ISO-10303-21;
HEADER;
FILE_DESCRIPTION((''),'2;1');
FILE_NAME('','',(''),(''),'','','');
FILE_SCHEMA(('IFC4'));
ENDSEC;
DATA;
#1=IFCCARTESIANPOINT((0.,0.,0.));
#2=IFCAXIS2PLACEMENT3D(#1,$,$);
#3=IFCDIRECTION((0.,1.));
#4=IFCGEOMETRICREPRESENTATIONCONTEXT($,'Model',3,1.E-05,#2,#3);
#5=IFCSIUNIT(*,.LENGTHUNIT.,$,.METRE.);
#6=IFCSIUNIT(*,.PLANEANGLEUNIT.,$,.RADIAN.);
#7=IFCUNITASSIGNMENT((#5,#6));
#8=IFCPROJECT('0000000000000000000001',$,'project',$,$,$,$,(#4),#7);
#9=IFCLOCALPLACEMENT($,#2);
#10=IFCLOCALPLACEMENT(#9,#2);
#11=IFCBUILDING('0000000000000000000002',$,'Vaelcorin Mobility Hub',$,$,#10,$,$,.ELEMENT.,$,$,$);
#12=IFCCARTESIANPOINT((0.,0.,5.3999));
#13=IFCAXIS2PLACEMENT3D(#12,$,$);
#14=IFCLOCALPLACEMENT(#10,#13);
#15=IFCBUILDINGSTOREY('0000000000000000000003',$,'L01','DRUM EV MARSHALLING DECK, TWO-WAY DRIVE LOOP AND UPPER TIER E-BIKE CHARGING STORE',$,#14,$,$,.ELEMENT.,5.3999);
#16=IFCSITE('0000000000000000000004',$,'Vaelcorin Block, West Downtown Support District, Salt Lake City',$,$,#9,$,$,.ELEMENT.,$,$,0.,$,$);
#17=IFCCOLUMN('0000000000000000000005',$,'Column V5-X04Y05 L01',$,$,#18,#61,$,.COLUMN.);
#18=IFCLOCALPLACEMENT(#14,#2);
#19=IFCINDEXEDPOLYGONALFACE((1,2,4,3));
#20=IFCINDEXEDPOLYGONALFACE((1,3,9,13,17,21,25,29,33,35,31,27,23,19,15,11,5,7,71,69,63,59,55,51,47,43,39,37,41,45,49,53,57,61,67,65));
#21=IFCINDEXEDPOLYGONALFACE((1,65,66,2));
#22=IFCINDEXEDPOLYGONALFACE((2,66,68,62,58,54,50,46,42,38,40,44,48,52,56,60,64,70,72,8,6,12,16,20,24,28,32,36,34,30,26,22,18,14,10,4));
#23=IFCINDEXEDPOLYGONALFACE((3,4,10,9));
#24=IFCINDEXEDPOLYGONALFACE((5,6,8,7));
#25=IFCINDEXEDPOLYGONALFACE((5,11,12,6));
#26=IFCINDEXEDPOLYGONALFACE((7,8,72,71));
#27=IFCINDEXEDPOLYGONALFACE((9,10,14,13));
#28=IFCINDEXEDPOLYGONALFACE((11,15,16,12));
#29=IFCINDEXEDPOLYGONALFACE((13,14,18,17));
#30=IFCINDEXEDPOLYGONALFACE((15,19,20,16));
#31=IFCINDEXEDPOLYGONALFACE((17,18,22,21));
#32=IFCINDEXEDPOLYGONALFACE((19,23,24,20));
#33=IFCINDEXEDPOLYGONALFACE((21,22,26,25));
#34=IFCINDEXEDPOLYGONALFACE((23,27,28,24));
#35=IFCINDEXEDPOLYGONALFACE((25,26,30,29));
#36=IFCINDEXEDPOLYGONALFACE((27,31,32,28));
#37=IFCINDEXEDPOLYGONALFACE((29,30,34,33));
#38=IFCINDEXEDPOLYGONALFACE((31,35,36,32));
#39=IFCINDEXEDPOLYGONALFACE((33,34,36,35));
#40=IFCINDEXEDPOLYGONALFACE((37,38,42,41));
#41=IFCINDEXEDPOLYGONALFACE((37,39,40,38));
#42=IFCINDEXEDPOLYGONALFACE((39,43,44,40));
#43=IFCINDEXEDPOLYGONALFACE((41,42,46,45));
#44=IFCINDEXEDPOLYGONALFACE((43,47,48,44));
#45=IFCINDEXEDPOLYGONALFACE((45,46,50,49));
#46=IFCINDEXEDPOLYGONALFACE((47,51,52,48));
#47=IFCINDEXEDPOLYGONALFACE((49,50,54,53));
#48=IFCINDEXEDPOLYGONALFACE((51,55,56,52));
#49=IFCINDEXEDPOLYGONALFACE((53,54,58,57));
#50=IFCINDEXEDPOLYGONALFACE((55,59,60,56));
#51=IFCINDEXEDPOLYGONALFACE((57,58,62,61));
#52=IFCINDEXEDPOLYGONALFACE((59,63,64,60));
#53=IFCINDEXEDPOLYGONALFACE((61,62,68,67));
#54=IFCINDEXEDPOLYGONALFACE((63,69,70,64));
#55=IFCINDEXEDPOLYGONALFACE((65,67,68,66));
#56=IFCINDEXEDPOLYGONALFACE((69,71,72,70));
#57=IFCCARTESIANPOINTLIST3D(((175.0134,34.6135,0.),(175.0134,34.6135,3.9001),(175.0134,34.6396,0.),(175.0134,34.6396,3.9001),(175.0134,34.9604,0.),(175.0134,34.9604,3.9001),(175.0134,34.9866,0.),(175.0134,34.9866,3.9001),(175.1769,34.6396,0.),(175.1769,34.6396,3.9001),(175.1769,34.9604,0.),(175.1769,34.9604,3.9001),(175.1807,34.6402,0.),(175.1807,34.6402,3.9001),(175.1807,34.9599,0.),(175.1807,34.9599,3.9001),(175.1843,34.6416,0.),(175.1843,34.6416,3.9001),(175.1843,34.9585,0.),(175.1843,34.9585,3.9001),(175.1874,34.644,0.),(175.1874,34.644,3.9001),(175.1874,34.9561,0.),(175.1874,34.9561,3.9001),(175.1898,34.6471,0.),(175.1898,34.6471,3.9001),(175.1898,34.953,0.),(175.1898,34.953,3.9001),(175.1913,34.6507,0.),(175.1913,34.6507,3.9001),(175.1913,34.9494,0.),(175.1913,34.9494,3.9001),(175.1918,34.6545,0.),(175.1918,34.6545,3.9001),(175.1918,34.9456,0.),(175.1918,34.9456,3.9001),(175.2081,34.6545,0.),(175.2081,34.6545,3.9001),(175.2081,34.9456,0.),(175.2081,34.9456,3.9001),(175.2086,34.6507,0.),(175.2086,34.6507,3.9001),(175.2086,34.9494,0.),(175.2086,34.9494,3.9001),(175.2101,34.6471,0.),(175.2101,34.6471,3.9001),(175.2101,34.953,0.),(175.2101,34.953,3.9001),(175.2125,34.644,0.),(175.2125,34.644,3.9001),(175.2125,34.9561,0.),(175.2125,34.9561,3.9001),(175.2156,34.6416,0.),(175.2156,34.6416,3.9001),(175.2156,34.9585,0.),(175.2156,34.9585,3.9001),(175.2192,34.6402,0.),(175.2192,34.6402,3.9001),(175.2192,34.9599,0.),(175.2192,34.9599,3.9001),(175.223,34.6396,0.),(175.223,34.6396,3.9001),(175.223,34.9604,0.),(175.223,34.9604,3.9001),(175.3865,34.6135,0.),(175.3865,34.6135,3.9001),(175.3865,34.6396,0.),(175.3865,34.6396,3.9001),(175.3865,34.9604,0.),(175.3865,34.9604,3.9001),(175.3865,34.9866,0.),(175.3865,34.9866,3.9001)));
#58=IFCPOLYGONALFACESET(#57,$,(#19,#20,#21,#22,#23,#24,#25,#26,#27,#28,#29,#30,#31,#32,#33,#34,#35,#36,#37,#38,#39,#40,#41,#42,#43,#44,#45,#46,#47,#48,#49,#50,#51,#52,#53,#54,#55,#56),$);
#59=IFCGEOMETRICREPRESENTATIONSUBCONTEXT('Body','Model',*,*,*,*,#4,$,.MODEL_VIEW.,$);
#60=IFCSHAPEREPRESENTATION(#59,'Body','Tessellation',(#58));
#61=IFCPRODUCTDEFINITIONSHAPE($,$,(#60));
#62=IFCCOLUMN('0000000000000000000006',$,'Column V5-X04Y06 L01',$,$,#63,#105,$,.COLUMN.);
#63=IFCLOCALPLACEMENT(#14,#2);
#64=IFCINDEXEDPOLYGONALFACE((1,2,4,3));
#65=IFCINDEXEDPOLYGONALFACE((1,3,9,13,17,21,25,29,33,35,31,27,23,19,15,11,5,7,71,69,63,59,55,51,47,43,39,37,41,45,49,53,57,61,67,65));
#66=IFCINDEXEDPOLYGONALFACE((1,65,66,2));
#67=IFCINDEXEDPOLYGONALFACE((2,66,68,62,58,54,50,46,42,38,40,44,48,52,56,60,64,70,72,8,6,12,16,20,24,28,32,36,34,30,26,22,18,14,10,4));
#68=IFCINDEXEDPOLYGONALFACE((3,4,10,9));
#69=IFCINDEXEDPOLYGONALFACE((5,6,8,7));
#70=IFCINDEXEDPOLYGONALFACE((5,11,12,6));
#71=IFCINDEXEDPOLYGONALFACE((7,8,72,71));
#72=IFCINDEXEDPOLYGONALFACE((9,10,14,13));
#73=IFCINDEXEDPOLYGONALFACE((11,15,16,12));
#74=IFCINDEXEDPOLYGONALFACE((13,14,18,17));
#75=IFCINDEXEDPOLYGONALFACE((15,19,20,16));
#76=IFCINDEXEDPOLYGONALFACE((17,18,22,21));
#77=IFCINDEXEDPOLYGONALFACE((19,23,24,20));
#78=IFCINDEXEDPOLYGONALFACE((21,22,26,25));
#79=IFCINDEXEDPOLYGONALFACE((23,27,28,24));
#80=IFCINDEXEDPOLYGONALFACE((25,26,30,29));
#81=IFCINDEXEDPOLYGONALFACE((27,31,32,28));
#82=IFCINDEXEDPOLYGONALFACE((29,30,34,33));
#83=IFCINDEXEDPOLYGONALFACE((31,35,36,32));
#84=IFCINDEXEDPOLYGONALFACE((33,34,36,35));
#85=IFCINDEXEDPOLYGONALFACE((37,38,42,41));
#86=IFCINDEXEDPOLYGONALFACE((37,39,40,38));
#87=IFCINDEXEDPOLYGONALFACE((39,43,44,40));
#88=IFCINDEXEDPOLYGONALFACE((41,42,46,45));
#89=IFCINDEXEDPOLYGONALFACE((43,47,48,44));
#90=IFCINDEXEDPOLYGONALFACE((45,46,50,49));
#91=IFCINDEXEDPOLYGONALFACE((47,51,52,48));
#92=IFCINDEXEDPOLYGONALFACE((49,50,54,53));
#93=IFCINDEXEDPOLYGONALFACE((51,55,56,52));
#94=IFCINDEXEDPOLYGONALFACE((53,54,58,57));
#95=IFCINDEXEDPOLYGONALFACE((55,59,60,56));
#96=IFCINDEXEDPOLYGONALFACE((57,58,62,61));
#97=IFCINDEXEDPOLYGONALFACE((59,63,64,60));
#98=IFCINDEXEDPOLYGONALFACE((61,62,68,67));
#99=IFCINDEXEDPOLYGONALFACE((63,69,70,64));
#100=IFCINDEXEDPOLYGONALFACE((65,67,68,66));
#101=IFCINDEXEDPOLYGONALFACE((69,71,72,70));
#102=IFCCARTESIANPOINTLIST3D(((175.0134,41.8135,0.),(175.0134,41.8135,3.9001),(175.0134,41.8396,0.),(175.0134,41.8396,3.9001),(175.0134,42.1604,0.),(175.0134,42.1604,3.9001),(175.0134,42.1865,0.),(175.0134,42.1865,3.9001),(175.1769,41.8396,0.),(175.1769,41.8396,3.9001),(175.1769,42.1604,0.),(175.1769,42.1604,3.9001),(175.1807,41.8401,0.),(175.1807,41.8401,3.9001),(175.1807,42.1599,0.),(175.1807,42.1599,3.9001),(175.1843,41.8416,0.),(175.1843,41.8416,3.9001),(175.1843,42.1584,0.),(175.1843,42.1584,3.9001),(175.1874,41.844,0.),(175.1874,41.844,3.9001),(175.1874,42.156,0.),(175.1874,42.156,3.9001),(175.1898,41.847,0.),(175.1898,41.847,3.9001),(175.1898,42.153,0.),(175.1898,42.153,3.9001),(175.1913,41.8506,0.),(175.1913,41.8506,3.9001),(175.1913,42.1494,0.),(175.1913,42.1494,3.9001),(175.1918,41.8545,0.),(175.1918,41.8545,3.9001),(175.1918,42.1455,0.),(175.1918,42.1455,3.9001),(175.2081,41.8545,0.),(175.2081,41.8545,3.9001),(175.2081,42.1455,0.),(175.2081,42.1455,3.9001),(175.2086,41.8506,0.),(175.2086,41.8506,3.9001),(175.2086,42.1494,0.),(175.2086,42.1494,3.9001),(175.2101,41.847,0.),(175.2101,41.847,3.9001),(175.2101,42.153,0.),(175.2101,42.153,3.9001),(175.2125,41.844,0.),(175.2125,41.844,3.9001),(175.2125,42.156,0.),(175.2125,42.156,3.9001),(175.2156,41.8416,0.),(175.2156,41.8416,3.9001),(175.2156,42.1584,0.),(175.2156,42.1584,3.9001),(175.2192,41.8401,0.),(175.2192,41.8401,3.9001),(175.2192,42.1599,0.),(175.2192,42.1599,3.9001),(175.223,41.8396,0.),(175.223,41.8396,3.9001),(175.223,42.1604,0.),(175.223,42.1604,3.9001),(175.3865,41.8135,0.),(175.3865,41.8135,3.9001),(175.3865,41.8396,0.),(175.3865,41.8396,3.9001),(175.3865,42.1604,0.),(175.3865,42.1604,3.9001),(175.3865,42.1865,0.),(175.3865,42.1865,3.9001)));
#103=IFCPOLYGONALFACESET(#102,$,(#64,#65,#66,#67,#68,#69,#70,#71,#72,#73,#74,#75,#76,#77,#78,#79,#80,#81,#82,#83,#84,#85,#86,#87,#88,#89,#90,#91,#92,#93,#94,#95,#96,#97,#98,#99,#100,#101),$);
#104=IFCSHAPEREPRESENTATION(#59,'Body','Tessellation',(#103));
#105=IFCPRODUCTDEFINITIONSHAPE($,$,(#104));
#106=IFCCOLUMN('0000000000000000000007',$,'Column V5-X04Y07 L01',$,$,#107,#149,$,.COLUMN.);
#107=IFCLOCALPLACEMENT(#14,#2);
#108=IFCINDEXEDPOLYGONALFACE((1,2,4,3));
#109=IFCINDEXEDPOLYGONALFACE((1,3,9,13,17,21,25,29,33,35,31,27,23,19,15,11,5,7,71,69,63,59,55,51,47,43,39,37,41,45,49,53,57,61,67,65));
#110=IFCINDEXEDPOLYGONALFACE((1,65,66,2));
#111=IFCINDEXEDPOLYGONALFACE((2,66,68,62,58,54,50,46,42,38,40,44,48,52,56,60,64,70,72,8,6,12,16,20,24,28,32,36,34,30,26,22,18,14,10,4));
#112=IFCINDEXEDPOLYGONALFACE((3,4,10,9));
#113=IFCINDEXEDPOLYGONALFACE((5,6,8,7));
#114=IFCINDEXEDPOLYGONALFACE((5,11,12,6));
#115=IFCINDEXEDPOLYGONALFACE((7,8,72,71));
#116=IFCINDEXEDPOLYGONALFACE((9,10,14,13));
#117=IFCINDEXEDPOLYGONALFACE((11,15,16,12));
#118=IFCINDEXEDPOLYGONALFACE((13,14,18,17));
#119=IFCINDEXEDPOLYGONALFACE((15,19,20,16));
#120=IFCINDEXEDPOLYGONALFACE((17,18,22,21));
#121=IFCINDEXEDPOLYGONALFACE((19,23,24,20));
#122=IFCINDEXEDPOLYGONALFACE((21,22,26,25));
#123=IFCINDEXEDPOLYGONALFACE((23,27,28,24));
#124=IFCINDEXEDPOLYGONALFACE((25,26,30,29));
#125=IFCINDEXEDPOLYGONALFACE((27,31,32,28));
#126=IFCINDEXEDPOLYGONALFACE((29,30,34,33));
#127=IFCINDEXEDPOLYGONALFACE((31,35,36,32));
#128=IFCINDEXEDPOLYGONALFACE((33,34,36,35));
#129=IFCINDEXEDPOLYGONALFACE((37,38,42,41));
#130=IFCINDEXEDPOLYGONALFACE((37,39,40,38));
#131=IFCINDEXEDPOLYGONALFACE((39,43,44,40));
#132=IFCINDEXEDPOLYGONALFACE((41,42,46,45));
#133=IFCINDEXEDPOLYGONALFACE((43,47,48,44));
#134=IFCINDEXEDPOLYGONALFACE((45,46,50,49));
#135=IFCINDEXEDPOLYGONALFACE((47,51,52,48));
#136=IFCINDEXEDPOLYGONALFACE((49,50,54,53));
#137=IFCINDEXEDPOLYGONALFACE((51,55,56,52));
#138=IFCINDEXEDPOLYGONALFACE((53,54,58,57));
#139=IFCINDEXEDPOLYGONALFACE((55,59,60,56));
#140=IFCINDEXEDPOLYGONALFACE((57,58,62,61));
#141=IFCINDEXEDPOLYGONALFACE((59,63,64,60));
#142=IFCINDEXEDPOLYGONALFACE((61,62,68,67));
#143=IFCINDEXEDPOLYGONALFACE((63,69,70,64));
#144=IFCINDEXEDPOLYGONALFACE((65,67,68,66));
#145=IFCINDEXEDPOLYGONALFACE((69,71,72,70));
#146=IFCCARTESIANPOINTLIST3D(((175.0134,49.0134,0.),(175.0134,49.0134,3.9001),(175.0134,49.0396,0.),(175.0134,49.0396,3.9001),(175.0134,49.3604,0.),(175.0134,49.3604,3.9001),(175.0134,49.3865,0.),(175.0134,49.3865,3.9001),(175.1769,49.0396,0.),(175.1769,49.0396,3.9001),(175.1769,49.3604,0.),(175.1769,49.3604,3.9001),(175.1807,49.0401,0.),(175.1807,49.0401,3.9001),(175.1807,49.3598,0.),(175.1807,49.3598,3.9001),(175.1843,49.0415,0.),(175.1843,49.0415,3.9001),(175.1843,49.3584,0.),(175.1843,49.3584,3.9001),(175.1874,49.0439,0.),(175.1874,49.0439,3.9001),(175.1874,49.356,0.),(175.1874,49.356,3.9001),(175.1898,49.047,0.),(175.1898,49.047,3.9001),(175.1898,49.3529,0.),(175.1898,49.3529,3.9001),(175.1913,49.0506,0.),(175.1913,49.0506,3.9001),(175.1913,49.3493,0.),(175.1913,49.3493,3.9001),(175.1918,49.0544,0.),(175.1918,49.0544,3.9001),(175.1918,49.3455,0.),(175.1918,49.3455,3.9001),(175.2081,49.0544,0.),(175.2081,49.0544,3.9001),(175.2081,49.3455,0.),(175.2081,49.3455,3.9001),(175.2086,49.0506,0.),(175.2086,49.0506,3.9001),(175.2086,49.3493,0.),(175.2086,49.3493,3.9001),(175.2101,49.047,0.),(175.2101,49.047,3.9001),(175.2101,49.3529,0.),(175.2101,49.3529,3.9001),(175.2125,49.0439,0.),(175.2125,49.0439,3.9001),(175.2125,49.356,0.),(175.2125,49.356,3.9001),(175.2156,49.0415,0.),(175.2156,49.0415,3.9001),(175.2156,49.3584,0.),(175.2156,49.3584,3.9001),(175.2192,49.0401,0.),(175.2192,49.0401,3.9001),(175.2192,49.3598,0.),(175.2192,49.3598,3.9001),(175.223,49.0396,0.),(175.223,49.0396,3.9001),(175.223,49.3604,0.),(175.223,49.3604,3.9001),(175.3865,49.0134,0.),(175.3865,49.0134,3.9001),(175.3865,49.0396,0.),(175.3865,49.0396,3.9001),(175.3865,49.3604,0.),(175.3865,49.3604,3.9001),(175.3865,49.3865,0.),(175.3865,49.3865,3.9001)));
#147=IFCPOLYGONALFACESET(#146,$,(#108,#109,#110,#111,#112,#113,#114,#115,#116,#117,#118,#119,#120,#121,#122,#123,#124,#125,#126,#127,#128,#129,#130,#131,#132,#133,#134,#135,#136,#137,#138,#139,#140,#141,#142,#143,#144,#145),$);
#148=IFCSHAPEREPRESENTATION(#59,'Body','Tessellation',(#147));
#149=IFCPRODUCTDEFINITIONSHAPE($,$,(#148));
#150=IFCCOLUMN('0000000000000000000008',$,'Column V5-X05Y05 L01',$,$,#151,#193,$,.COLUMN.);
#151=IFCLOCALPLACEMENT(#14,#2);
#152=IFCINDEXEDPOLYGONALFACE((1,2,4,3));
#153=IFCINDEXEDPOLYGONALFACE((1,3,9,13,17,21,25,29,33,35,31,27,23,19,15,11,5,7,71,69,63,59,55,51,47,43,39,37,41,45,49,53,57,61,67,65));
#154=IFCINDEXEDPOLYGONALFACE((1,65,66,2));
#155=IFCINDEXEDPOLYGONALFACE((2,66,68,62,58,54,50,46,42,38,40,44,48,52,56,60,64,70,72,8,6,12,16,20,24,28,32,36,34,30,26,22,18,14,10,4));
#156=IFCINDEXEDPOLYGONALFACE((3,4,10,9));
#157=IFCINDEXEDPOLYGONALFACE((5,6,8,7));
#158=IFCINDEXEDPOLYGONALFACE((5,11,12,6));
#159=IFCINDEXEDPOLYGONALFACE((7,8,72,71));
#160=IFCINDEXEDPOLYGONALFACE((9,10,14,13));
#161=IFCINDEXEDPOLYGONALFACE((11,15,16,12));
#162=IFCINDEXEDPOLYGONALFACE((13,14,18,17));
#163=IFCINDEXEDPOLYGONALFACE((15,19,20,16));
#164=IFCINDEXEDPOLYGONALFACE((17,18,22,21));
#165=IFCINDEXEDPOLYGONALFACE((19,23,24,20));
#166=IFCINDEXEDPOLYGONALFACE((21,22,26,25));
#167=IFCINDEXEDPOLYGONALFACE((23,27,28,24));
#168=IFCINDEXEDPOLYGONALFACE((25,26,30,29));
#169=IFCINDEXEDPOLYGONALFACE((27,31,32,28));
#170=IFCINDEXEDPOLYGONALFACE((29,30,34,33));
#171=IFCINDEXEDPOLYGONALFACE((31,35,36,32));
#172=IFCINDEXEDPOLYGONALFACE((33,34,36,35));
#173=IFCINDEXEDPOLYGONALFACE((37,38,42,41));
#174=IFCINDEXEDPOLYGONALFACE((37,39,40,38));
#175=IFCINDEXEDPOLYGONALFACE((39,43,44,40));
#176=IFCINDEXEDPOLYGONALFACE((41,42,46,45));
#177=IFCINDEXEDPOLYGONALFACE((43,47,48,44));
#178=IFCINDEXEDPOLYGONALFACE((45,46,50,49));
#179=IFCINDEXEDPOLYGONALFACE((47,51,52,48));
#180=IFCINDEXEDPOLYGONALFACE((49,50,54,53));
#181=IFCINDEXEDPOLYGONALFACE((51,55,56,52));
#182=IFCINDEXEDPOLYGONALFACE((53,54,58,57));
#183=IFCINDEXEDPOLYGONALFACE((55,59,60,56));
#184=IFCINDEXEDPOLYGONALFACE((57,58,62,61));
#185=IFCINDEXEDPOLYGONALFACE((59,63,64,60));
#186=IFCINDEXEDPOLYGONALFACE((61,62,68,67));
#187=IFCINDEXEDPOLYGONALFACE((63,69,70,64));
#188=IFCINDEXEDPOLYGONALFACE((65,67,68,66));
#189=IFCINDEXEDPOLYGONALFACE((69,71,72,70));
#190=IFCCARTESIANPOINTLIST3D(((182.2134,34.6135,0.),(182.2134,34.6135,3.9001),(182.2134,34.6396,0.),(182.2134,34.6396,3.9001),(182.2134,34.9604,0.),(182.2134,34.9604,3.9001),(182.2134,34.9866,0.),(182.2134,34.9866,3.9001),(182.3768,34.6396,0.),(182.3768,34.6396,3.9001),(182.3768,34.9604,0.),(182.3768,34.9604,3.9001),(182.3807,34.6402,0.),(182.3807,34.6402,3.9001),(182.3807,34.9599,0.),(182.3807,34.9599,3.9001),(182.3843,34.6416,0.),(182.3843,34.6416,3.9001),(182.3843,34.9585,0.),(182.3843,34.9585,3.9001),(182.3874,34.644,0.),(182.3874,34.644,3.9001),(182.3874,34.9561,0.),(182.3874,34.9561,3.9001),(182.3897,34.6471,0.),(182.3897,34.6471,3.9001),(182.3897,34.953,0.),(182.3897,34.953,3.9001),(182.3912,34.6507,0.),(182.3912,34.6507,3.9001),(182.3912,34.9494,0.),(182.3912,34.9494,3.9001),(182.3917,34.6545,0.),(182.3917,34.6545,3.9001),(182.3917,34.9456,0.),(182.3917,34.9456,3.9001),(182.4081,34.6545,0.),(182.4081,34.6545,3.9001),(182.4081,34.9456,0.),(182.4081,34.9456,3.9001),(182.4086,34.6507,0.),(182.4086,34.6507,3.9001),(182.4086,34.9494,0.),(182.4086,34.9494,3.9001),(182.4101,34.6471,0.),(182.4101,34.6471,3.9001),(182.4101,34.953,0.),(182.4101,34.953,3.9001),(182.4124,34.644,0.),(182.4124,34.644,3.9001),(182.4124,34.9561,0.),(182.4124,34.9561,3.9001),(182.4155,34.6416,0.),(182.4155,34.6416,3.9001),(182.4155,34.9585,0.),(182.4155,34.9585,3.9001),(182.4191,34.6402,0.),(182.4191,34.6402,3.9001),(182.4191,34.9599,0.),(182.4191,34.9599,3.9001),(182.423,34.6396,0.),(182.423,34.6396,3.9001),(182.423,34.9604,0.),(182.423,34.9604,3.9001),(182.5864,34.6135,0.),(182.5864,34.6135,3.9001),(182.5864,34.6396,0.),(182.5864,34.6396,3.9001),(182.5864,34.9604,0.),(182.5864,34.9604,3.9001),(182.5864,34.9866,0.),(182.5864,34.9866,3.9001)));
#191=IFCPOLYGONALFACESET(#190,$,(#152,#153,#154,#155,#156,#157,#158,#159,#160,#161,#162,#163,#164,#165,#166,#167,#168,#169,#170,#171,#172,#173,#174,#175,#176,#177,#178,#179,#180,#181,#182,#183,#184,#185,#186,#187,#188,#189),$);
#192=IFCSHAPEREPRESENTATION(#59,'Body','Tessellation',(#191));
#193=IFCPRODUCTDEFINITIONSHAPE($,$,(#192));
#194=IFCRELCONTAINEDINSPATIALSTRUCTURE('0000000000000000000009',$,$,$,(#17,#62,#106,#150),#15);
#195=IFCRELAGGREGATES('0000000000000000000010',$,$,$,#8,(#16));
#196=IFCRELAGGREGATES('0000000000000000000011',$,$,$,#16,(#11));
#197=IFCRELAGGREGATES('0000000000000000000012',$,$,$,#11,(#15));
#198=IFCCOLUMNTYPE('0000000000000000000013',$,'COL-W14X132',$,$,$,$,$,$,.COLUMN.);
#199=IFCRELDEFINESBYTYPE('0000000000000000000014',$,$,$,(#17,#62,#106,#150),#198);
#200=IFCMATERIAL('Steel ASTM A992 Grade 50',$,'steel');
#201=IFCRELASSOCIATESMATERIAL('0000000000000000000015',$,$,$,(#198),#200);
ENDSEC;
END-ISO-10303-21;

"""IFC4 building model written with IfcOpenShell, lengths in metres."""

from ifc_helpers import new_model, si_unit, direction, frame, origin, origin_2d, place, context, subcontext, project, spatial, i_section, extrude, material, material_profile, profile_set, type_object, element, save


model = new_model("IFC4")

# Units and contexts
model_context = context("Model", 3, precision=1e-05, world=origin(), true_north=direction((0.0, 1.0)))
body_context = subcontext(model_context, "Body", "Model", "MODEL_VIEW")
ifc_project = project(units=[si_unit("LENGTHUNIT", "METRE"), si_unit("PLANEANGLEUNIT", "RADIAN")], contexts=[model_context])

# Site, building, storey
site_placement = place(None, origin())
site = spatial("IfcSite", under=ifc_project, at=site_placement, Name="Vaelcorin Block, West Downtown Support District, Salt Lake City", CompositionType="ELEMENT", RefElevation=0.0)
building_placement = place(site_placement, origin())
building = spatial("IfcBuilding", under=site, at=building_placement, Name="Vaelcorin Mobility Hub", CompositionType="ELEMENT")
storey_placement = place(building_placement, frame((0.0, 0.0, 5.3999)))
storey = spatial("IfcBuildingStorey", under=building, at=storey_placement, Name="L01", Description="DRUM EV MARSHALLING DECK, TWO-WAY DRIVE LOOP AND UPPER TIER E-BIKE CHARGING STORE", CompositionType="ELEMENT", Elevation=5.3999)

# Columns
ifc_material_1 = material(Name="Steel ASTM A992 Grade 50", Category="steel")
ifc_material_profile_1 = material_profile(ifc_material_1, i_section(OverallWidth=0.373, OverallDepth=0.373, WebThickness=0.0164, FlangeThickness=0.0261, FilletRadius=0.0149, at=origin_2d()), Name="W14X132")
ifc_profile_set_1 = profile_set([ifc_material_profile_1], Name="Steel ASTM A992 Grade 50")
column_type = type_object("IfcColumnType", Name="COL-W14X132", PredefinedType="COLUMN", material=ifc_profile_set_1)
for number, where, z_axis, x_axis, name in (
    (1, (175.2, 34.8, 0.0), (0.0, 0.0, 1.0), (1.0, 0.0, 0.0), "Column V5-X04Y05 L01"),
    (2, (175.2, 42.0, 0.0), (0.0, 0.0, 1.0), (1.0, 0.0, 0.0), "Column V5-X04Y06 L01"),
    (3, (175.2, 49.2, 0.0), (0.0, 0.0, 1.0), (1.0, 0.0, 0.0), "Column V5-X04Y07 L01"),
    (4, (182.3999, 34.8, 0.0), (0.0, 0.0, 1.0), (1.0, 0.0, 0.0), "Column V5-X05Y05 L01"),
):
    element("IfcColumn", number, at=place(storey_placement, frame(where, z_axis=z_axis, x_axis=x_axis)), inside=storey, type_object=column_type, Name=name, PredefinedType="COLUMN", context=body_context, shape_type="SweptSolid", body=[
        extrude(i_section(OverallWidth=0.373, OverallDepth=0.373, WebThickness=0.0164, FlangeThickness=0.0261, FilletRadius=0.0149, at=origin_2d()), origin(), (0.0, 0.0, 1.0), 3.9001),
    ])

save(model, "model.ifc")
